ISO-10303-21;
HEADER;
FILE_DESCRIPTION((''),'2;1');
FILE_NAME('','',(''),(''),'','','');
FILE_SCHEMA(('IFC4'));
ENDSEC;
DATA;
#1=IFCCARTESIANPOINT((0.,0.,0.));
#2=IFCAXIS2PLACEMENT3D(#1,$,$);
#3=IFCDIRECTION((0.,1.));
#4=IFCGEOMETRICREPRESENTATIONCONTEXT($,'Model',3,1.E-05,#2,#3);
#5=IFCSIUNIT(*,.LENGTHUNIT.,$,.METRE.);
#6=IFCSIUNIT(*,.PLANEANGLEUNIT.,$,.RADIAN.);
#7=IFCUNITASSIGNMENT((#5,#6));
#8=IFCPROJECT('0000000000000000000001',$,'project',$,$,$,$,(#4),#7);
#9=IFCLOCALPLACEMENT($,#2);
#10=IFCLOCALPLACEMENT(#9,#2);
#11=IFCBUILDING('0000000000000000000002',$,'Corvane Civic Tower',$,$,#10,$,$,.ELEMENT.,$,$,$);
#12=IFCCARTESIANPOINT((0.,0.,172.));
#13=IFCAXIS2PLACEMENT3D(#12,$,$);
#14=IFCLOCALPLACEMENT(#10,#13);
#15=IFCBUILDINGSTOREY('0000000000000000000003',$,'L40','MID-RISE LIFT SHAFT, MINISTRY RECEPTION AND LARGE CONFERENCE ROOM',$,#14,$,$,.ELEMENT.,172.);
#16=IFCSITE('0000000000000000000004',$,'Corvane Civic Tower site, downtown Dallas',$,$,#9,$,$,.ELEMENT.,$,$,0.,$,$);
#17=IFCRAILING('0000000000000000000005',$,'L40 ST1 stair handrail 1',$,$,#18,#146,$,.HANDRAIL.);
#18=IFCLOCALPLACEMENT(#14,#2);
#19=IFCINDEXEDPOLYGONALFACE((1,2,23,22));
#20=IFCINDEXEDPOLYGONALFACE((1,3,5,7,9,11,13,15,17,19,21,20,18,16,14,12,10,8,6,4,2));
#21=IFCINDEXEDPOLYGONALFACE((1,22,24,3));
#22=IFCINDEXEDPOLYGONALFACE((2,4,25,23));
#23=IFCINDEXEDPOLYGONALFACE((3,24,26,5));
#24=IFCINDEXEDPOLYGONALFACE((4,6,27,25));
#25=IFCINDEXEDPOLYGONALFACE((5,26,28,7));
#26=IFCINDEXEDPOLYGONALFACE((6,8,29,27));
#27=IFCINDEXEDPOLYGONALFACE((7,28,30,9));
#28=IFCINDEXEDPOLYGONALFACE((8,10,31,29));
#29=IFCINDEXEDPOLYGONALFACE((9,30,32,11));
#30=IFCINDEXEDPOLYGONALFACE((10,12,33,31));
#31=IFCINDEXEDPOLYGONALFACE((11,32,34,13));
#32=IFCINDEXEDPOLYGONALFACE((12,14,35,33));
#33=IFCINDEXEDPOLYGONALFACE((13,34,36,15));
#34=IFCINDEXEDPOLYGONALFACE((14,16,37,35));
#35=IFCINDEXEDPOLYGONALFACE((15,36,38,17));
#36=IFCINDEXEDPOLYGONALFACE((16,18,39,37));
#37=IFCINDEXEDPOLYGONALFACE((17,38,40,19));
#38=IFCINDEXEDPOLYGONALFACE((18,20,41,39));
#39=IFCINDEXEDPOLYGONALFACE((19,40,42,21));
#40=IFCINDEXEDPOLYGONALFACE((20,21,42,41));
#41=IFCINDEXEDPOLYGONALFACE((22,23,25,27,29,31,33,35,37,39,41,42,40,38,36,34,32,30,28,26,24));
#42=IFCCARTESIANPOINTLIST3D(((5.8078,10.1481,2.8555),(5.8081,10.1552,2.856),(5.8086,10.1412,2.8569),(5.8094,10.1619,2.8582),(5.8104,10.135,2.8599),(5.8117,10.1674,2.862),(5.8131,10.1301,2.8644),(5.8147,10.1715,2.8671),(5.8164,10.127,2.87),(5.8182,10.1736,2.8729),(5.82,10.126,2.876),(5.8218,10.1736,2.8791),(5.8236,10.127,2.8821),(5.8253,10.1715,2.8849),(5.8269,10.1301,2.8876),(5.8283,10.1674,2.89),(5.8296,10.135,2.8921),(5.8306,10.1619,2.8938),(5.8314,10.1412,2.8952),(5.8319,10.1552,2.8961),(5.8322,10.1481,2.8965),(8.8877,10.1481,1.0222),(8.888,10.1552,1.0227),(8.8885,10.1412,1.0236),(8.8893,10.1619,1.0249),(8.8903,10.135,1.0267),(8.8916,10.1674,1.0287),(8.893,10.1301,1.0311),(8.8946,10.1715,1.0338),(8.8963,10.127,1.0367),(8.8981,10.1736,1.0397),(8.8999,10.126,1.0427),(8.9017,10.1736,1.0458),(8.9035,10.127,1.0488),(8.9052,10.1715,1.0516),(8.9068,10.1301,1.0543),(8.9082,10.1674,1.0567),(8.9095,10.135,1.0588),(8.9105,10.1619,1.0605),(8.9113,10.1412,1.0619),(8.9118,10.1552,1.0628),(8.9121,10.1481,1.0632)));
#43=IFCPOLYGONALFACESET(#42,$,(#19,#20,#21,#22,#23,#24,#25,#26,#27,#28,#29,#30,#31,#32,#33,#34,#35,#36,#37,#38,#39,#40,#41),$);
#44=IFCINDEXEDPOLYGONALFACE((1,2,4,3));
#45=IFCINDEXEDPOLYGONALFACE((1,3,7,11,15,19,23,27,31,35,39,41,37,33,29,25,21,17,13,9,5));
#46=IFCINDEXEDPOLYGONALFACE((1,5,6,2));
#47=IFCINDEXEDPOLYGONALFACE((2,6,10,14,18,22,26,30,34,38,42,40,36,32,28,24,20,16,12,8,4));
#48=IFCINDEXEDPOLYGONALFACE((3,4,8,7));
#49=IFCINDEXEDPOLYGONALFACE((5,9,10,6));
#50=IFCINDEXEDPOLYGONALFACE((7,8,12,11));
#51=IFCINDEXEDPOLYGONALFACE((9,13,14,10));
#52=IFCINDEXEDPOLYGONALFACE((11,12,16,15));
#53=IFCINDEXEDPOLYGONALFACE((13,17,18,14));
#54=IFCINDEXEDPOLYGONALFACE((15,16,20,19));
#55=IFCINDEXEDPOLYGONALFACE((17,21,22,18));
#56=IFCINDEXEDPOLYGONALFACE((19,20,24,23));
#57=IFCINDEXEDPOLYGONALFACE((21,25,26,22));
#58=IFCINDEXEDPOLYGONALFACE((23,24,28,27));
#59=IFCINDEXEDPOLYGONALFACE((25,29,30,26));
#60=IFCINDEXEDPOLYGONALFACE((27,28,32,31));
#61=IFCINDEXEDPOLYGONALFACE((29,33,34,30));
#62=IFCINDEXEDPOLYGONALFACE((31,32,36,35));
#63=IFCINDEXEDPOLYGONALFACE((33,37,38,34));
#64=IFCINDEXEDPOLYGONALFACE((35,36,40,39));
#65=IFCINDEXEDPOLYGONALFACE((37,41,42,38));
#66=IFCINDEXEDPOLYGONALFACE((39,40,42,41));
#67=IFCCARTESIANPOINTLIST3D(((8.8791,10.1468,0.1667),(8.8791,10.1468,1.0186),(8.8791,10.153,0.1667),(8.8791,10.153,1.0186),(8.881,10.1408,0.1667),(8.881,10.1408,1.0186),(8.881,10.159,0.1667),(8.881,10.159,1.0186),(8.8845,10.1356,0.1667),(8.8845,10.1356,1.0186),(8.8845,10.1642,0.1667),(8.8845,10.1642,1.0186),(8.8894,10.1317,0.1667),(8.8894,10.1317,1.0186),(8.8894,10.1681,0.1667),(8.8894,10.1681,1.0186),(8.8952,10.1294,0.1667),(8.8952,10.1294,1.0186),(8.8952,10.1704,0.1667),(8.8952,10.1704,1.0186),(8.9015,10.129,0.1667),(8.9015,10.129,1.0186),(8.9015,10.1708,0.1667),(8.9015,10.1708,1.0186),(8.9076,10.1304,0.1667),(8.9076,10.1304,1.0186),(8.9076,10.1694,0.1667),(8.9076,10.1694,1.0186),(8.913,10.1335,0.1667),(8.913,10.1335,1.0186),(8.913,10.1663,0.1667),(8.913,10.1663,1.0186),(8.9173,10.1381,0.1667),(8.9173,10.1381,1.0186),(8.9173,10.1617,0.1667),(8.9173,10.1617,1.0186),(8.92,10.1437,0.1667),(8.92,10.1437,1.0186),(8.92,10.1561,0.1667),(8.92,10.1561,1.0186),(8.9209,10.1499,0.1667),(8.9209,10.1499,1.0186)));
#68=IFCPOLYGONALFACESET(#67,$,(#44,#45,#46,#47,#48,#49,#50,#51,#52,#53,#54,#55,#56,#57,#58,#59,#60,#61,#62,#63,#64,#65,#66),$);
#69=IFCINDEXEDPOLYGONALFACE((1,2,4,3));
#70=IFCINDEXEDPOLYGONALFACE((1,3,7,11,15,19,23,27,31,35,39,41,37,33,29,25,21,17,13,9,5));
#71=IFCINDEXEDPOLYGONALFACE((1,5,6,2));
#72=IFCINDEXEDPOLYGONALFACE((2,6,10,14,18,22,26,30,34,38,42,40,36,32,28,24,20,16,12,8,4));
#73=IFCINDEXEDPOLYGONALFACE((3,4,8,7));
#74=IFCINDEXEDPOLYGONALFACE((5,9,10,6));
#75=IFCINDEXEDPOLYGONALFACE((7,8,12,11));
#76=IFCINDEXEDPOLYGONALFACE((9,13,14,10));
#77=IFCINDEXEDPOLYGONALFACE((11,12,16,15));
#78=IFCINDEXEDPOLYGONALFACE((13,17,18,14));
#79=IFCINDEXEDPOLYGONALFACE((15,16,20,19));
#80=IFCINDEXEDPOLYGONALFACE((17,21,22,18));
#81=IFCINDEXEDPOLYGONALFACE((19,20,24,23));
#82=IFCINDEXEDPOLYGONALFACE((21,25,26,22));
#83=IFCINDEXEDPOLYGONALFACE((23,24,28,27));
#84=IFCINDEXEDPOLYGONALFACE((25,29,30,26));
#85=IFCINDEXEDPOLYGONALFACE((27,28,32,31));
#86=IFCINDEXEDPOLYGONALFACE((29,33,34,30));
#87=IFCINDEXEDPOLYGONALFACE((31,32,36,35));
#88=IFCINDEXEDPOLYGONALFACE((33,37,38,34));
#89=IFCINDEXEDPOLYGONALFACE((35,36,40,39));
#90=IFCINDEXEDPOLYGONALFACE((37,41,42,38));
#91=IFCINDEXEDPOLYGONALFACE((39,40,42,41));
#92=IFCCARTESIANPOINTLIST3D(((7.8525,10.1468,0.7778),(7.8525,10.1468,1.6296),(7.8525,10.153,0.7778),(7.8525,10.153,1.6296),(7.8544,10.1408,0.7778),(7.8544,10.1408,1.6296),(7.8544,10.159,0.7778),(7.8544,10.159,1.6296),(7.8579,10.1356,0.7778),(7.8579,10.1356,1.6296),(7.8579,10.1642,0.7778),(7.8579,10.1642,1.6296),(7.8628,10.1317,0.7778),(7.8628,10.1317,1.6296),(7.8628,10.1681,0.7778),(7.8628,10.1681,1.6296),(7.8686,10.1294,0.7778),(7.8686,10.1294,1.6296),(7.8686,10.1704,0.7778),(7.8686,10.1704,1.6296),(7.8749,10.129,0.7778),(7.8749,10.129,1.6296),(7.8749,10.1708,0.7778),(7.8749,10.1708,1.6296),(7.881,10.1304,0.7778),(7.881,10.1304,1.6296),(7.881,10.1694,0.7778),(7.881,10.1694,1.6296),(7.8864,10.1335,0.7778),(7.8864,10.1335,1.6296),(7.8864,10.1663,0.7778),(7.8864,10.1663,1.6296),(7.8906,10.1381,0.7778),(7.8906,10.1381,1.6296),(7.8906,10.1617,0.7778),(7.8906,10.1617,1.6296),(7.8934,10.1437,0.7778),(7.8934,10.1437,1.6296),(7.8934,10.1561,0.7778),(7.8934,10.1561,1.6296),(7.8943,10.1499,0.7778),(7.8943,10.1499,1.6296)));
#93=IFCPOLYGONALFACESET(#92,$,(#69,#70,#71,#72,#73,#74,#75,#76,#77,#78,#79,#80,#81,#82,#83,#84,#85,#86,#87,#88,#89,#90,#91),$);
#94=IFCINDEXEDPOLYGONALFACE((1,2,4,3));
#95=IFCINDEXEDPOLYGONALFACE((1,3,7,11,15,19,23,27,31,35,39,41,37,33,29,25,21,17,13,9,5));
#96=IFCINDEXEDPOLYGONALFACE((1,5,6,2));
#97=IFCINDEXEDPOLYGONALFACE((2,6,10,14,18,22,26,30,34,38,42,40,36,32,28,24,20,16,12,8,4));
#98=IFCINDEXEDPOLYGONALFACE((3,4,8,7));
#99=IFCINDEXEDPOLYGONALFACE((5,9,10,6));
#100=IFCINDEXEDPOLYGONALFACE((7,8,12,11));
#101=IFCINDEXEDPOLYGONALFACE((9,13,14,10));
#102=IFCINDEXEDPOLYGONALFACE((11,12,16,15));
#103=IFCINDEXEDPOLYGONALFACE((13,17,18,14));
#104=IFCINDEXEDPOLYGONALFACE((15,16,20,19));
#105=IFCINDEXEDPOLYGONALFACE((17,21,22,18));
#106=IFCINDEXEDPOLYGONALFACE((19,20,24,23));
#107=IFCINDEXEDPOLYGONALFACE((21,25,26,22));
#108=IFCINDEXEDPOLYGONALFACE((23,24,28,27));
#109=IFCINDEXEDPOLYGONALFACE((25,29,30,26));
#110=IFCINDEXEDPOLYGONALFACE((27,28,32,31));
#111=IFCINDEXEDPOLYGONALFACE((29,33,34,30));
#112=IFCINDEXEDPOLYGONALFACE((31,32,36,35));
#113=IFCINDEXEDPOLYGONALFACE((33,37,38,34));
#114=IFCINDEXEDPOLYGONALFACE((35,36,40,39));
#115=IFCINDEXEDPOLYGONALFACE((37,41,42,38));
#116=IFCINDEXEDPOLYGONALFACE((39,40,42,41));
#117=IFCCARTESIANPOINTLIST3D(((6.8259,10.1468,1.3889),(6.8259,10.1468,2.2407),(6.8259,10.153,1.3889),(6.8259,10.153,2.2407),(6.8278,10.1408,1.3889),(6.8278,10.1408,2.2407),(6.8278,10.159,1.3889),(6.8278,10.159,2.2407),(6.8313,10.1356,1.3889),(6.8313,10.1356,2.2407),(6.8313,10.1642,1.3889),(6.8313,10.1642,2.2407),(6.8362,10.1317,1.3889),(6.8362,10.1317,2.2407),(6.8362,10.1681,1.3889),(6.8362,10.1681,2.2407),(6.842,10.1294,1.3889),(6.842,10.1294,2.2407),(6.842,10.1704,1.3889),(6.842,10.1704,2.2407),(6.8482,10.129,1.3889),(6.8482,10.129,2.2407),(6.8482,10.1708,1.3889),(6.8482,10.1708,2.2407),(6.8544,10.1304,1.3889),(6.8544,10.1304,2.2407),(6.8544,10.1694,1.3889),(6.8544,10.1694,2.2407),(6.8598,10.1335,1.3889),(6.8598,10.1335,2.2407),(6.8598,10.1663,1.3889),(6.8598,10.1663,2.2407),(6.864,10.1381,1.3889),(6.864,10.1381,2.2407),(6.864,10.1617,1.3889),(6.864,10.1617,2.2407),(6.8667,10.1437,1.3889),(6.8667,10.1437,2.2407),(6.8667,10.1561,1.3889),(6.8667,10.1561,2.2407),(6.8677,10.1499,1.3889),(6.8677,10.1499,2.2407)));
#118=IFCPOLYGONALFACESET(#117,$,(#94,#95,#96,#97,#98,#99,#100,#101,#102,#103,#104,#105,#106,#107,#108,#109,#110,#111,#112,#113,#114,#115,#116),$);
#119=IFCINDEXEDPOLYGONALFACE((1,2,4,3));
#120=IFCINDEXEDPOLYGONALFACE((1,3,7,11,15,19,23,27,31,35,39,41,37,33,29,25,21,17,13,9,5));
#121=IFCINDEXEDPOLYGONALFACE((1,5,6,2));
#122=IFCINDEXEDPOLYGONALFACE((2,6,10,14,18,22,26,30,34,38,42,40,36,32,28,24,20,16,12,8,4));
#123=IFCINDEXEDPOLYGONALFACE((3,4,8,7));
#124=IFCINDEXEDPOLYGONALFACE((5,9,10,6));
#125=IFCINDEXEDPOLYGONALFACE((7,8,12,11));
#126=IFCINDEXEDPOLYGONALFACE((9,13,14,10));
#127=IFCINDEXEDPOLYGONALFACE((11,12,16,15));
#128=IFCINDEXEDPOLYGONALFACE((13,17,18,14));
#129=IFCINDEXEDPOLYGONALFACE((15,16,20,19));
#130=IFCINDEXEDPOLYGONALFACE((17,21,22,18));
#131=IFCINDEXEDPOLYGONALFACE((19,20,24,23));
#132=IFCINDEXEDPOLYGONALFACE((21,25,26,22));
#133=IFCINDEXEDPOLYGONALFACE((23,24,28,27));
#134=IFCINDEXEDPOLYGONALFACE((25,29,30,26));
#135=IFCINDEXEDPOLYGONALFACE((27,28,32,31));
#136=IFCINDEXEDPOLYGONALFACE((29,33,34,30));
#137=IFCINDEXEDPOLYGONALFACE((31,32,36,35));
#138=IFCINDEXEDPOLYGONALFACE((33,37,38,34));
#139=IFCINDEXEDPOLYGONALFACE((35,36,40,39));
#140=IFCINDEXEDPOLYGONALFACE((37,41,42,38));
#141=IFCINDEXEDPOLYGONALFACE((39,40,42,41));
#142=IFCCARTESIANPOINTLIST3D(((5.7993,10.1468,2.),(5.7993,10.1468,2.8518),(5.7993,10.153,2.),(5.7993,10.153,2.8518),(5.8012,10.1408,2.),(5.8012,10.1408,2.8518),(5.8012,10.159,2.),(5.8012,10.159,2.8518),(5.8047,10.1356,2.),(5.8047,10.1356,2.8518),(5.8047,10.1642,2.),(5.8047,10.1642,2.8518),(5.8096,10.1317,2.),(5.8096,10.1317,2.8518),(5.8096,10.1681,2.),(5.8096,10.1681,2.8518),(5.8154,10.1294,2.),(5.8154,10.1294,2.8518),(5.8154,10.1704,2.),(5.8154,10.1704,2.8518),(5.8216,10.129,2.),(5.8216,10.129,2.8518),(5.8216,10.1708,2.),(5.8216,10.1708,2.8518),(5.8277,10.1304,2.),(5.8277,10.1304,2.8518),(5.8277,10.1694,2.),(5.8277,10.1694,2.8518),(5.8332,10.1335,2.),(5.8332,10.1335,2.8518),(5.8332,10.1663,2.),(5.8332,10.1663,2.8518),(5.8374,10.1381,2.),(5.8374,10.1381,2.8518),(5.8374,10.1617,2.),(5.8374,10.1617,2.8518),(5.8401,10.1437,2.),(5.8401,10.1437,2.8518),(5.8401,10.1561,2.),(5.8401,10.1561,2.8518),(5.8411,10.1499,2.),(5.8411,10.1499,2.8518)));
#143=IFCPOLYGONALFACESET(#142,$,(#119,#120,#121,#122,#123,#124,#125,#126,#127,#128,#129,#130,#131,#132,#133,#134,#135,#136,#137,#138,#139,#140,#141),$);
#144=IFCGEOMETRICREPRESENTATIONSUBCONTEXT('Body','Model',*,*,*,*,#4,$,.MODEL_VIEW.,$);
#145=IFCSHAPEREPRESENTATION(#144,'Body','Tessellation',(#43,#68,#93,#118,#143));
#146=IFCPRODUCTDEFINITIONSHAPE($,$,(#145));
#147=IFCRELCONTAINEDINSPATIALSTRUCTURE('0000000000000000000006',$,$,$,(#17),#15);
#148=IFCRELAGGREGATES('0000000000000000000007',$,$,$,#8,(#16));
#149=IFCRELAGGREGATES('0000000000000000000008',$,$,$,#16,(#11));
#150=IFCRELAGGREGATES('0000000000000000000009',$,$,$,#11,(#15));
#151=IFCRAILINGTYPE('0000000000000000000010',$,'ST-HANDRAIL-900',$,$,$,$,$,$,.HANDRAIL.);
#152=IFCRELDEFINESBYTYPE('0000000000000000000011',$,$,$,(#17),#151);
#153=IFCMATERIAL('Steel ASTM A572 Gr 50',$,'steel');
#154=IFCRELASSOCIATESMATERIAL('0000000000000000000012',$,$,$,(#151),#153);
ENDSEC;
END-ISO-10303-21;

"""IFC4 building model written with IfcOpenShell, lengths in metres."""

from ifc_helpers import new_model, si_unit, direction, frame, origin, origin_2d, place, context, subcontext, project, spatial, circle, extrude, material, type_object, element, save


model = new_model("IFC4")

# Units and contexts
model_context = context("Model", 3, precision=1e-05, world=origin(), true_north=direction((0.0, 1.0)))
body_context = subcontext(model_context, "Body", "Model", "MODEL_VIEW")
ifc_project = project(units=[si_unit("LENGTHUNIT", "METRE"), si_unit("PLANEANGLEUNIT", "RADIAN")], contexts=[model_context])

# Site, building, storey
site_placement = place(None, origin())
site = spatial("IfcSite", under=ifc_project, at=site_placement, Name="Corvane Civic Tower site, downtown Dallas", CompositionType="ELEMENT", RefElevation=0.0)
building_placement = place(site_placement, origin())
building = spatial("IfcBuilding", under=site, at=building_placement, Name="Corvane Civic Tower", CompositionType="ELEMENT")
storey_placement = place(building_placement, frame((0.0, 0.0, 172.0)))
storey = spatial("IfcBuildingStorey", under=building, at=storey_placement, Name="L40", Description="MID-RISE LIFT SHAFT, MINISTRY RECEPTION AND LARGE CONFERENCE ROOM", CompositionType="ELEMENT", Elevation=172.0)

# Railing
ifc_material_1 = material(Name="Steel ASTM A572 Gr 50", Category="steel")
railing_type = type_object("IfcRailingType", Name="ST-HANDRAIL-900", PredefinedType="HANDRAIL", material=ifc_material_1)
railing_placement = place(storey_placement, frame((8.8999, 10.1499, 0.1667)))
element("IfcRailing", 1, at=railing_placement, inside=storey, type_object=railing_type, Name="L40 ST1 stair handrail 1", PredefinedType="HANDRAIL", context=body_context, shape_type="SweptSolid", body=[
    extrude(circle(Radius=0.0239, at=origin_2d()), frame((0.0, 0.0, 0.876), z_axis=(-0.859291, 0.0, 0.511487), x_axis=(0.0, -1.0, 0.0)), (0.0, 0.0, 1.0), 3.5842),
    extrude(circle(Radius=0.021, at=origin_2d()), origin(), (0.0, 0.0, 1.0), 0.8518),
    extrude(circle(Radius=0.021, at=origin_2d()), frame((-1.0266, 0.0, 0.6111)), (0.0, 0.0, 1.0), 0.8518),
    extrude(circle(Radius=0.021, at=origin_2d()), frame((-2.0532, 0.0, 1.2222)), (0.0, 0.0, 1.0), 0.8518),
    extrude(circle(Radius=0.021, at=origin_2d()), frame((-3.0798, 0.0, 1.8333)), (0.0, 0.0, 1.0), 0.8518),
])

save(model, "model.ifc")
